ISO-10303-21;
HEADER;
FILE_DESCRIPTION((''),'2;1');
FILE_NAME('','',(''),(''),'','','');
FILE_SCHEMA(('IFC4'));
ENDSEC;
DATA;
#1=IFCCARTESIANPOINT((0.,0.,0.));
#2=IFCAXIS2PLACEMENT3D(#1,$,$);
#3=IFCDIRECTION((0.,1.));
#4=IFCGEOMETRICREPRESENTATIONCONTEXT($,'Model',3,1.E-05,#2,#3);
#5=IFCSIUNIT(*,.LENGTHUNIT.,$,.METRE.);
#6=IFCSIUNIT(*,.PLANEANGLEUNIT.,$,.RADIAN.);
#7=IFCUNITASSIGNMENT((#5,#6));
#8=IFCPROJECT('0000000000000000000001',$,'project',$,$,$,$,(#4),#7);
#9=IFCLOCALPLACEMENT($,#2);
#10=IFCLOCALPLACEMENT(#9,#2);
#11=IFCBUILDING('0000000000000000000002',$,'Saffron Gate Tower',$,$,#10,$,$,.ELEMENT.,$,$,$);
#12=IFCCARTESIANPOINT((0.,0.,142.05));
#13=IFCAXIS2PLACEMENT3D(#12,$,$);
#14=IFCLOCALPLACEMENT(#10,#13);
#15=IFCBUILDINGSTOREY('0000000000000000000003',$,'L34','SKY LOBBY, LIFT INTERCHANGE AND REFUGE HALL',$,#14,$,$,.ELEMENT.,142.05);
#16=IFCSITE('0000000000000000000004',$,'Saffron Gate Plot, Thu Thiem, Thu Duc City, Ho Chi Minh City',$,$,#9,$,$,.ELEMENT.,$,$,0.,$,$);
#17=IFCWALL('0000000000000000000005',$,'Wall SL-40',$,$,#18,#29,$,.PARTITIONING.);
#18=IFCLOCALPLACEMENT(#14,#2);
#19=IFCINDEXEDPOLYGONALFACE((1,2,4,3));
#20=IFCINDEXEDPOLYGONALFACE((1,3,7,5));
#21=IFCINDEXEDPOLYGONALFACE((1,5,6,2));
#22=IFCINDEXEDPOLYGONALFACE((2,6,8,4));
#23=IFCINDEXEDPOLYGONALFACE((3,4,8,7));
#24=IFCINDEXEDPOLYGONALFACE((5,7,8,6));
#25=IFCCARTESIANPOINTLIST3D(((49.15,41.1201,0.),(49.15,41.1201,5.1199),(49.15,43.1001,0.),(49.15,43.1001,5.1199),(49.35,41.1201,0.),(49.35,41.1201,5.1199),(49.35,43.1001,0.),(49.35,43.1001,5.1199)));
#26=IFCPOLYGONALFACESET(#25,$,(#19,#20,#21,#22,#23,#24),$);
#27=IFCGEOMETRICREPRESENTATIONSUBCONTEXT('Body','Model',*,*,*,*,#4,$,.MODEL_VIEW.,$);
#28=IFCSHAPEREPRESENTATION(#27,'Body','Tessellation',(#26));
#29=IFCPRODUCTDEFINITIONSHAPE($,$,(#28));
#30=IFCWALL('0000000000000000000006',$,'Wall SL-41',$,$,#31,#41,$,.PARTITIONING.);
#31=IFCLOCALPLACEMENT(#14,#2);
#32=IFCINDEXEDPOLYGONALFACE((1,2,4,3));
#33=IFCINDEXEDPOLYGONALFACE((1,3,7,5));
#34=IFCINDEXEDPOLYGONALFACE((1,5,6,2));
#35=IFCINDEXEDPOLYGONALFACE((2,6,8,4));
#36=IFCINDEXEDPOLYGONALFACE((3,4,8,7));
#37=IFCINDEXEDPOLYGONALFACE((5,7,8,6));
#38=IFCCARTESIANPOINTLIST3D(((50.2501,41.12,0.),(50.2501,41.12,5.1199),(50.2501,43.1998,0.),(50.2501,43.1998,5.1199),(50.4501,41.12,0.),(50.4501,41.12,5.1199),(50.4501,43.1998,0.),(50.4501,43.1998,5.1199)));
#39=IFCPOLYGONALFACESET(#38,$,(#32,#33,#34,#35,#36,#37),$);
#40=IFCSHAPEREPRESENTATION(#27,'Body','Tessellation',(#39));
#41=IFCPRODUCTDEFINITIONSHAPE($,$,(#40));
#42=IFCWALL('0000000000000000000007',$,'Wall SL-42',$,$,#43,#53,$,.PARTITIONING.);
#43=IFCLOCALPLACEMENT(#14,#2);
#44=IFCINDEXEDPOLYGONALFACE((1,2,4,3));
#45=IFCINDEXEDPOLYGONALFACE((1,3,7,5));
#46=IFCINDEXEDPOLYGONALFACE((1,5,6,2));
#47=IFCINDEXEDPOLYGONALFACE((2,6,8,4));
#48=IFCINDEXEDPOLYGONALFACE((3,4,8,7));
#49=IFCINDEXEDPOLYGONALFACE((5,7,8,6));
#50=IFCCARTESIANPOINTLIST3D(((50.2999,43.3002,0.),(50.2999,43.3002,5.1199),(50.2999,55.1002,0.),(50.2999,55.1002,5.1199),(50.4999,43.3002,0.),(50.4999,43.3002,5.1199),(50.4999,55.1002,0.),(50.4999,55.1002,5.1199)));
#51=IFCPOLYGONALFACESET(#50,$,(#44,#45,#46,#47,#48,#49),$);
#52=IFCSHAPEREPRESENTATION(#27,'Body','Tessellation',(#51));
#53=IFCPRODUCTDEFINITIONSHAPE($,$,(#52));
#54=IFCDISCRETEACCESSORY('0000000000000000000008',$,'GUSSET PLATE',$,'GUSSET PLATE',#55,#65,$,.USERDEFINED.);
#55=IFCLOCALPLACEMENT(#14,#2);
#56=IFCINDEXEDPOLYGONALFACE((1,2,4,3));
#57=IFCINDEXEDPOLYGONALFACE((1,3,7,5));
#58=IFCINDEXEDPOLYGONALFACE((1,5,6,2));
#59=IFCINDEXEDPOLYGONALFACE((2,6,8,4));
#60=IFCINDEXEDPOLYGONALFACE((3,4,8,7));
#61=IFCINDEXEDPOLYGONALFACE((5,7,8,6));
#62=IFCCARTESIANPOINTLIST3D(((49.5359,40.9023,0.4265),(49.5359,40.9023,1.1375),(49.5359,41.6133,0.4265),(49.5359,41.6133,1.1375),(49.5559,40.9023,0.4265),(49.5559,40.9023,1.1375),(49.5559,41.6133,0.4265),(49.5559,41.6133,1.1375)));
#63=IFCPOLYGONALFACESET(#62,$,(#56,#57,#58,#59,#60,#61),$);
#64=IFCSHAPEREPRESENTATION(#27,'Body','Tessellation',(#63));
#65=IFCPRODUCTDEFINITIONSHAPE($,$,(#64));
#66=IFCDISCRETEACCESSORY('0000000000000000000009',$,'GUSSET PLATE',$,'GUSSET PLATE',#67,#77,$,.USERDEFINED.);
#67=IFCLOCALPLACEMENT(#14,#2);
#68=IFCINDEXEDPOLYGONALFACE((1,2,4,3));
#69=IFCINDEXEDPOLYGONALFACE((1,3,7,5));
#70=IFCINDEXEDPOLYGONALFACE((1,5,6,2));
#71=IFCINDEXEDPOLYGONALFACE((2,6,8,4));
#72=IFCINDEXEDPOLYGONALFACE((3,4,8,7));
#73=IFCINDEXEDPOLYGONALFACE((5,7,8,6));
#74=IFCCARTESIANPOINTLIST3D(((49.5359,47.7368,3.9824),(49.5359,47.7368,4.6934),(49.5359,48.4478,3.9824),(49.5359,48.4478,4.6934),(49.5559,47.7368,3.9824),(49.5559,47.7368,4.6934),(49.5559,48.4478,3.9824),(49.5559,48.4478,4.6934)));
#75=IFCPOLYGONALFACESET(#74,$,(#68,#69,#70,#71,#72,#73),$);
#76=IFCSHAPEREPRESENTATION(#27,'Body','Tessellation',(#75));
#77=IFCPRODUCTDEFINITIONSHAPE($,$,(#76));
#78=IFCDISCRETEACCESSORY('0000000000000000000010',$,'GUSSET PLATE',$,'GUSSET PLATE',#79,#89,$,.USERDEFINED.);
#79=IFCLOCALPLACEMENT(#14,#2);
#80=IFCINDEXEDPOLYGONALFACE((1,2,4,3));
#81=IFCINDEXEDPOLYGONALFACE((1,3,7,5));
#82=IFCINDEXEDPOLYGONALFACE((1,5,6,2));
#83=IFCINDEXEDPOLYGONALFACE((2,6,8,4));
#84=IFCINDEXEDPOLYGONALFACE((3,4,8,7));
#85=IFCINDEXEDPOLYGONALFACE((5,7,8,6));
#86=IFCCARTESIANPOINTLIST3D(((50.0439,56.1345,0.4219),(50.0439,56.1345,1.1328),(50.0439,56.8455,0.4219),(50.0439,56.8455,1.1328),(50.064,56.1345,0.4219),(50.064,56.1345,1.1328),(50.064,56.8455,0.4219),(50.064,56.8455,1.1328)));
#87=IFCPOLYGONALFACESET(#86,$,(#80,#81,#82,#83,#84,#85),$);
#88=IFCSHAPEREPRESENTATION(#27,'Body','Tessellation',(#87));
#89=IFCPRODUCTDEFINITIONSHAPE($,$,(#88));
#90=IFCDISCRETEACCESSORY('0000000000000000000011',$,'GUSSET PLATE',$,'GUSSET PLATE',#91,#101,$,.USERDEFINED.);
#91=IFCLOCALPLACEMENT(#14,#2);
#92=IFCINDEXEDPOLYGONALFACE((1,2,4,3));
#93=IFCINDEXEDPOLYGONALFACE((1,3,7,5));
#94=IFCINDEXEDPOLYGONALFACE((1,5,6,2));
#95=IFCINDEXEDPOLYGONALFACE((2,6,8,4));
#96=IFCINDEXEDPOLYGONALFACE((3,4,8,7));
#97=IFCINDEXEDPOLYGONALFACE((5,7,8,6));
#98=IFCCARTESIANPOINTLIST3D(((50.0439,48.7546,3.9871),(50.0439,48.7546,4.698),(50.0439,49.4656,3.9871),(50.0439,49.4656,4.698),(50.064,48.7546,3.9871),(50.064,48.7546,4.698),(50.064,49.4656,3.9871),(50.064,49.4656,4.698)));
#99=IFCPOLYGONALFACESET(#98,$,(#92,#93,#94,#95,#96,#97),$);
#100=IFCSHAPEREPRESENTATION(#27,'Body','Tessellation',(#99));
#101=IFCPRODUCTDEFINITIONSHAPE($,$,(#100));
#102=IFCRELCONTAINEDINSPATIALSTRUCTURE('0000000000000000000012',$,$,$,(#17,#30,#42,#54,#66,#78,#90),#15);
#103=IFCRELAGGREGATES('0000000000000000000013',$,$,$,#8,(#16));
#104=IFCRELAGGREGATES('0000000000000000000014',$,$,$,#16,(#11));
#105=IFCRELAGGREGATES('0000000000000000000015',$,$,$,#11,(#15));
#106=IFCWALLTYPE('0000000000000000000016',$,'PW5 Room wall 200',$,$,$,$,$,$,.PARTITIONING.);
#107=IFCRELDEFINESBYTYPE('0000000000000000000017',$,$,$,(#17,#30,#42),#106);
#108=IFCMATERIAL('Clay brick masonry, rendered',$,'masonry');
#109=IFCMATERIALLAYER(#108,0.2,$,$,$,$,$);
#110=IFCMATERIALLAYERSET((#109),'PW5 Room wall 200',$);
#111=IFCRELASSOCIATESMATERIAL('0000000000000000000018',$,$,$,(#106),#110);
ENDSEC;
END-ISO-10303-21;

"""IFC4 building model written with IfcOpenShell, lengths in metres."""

from ifc_helpers import new_model, si_unit, direction, frame, frame_2d, origin, origin_2d, place, context, subcontext, project, spatial, rectangle, extrude, material, layer, layer_set, type_object, element, save


model = new_model("IFC4")

# Units and contexts
model_context = context("Model", 3, precision=1e-05, world=origin(), true_north=direction((0.0, 1.0)))
body_context = subcontext(model_context, "Body", "Model", "MODEL_VIEW")
ifc_project = project(units=[si_unit("LENGTHUNIT", "METRE"), si_unit("PLANEANGLEUNIT", "RADIAN")], contexts=[model_context])

# Site, building, storey
site_placement = place(None, origin())
site = spatial("IfcSite", under=ifc_project, at=site_placement, Name="Saffron Gate Plot, Thu Thiem, Thu Duc City, Ho Chi Minh City", CompositionType="ELEMENT", RefElevation=0.0)
building_placement = place(site_placement, origin())
building = spatial("IfcBuilding", under=site, at=building_placement, Name="Saffron Gate Tower", CompositionType="ELEMENT")
storey_placement = place(building_placement, frame((0.0, 0.0, 142.05)))
storey = spatial("IfcBuildingStorey", under=building, at=storey_placement, Name="L34", Description="SKY LOBBY, LIFT INTERCHANGE AND REFUGE HALL", CompositionType="ELEMENT", Elevation=142.05)

# Shared definitions
ifc_material_1 = material(Name="Clay brick masonry, rendered", Category="masonry")

# Walls
ifc_layer_1 = layer(ifc_material_1, 0.2)
ifc_layer_set_1 = layer_set([ifc_layer_1], Name="PW5 Room wall 200")
wall_type_1 = type_object("IfcWallType", Name="PW5 Room wall 200", PredefinedType="PARTITIONING", material=ifc_layer_set_1)
wall_1_placement = place(storey_placement, frame((49.25, 43.1001, 0.0), z_axis=(0.0, 0.0, 1.0), x_axis=(0.0, -1.0, 0.0)))
element("IfcWall", 1, at=wall_1_placement, inside=storey, type_object=wall_type_1, Name="Wall SL-40", PredefinedType="PARTITIONING", context=body_context, shape_type="SweptSolid", body=[
    extrude(rectangle(XDim=1.98, YDim=0.2, at=frame_2d((0.99, 0.0))), origin(), (0.0, 0.0, 1.0), 5.1199),
])
wall_2_placement = place(storey_placement, frame((50.3501, 43.2, 0.0), z_axis=(0.0, 0.0, 1.0), x_axis=(0.0, -1.0, 0.0)))
element("IfcWall", 2, at=wall_2_placement, inside=storey, type_object=wall_type_1, Name="Wall SL-41", PredefinedType="PARTITIONING", context=body_context, shape_type="SweptSolid", body=[
    extrude(rectangle(XDim=2.0798, YDim=0.2, at=frame_2d((1.04, 0.0))), origin(), (0.0, 0.0, 1.0), 5.1199),
])
wall_3_placement = place(storey_placement, frame((50.3999, 55.1001, 0.0), z_axis=(0.0, 0.0, 1.0), x_axis=(0.0, -1.0, 0.0)))
element("IfcWall", 3, at=wall_3_placement, inside=storey, type_object=wall_type_1, Name="Wall SL-42", PredefinedType="PARTITIONING", context=body_context, shape_type="SweptSolid", body=[
    extrude(rectangle(XDim=11.8, YDim=0.2, at=frame_2d((5.8999, 0.0))), origin(), (0.0, 0.0, 1.0), 5.1199),
])

# Discrete accessories
for number, where, z_axis, x_axis, name in (
    (4, (49.5459, 41.2578, 0.4265), (0.0, 0.0, 1.0), (0.0, 1.0, 0.0), "GUSSET PLATE"),
    (5, (49.5459, 48.0923, 3.9824), (0.0, 0.0, 1.0), (0.0, 1.0, 0.0), "GUSSET PLATE"),
    (6, (50.054, 56.49, 0.4219), (0.0, 0.0, 1.0), (0.0, -1.0, 0.0), "GUSSET PLATE"),
    (7, (50.054, 49.1101, 3.9871), (0.0, 0.0, 1.0), (0.0, -1.0, 0.0), "GUSSET PLATE"),
):
    element("IfcDiscreteAccessory", number, at=place(storey_placement, frame(where, z_axis=z_axis, x_axis=x_axis)), inside=storey, Name=name, ObjectType="GUSSET PLATE", PredefinedType="USERDEFINED", context=body_context, shape_type="SweptSolid", body=[
        extrude(rectangle(XDim=0.7109, YDim=0.02, at=origin_2d()), origin(), (0.0, 0.0, 1.0), 0.7109),
    ])

save(model, "model.ifc")
